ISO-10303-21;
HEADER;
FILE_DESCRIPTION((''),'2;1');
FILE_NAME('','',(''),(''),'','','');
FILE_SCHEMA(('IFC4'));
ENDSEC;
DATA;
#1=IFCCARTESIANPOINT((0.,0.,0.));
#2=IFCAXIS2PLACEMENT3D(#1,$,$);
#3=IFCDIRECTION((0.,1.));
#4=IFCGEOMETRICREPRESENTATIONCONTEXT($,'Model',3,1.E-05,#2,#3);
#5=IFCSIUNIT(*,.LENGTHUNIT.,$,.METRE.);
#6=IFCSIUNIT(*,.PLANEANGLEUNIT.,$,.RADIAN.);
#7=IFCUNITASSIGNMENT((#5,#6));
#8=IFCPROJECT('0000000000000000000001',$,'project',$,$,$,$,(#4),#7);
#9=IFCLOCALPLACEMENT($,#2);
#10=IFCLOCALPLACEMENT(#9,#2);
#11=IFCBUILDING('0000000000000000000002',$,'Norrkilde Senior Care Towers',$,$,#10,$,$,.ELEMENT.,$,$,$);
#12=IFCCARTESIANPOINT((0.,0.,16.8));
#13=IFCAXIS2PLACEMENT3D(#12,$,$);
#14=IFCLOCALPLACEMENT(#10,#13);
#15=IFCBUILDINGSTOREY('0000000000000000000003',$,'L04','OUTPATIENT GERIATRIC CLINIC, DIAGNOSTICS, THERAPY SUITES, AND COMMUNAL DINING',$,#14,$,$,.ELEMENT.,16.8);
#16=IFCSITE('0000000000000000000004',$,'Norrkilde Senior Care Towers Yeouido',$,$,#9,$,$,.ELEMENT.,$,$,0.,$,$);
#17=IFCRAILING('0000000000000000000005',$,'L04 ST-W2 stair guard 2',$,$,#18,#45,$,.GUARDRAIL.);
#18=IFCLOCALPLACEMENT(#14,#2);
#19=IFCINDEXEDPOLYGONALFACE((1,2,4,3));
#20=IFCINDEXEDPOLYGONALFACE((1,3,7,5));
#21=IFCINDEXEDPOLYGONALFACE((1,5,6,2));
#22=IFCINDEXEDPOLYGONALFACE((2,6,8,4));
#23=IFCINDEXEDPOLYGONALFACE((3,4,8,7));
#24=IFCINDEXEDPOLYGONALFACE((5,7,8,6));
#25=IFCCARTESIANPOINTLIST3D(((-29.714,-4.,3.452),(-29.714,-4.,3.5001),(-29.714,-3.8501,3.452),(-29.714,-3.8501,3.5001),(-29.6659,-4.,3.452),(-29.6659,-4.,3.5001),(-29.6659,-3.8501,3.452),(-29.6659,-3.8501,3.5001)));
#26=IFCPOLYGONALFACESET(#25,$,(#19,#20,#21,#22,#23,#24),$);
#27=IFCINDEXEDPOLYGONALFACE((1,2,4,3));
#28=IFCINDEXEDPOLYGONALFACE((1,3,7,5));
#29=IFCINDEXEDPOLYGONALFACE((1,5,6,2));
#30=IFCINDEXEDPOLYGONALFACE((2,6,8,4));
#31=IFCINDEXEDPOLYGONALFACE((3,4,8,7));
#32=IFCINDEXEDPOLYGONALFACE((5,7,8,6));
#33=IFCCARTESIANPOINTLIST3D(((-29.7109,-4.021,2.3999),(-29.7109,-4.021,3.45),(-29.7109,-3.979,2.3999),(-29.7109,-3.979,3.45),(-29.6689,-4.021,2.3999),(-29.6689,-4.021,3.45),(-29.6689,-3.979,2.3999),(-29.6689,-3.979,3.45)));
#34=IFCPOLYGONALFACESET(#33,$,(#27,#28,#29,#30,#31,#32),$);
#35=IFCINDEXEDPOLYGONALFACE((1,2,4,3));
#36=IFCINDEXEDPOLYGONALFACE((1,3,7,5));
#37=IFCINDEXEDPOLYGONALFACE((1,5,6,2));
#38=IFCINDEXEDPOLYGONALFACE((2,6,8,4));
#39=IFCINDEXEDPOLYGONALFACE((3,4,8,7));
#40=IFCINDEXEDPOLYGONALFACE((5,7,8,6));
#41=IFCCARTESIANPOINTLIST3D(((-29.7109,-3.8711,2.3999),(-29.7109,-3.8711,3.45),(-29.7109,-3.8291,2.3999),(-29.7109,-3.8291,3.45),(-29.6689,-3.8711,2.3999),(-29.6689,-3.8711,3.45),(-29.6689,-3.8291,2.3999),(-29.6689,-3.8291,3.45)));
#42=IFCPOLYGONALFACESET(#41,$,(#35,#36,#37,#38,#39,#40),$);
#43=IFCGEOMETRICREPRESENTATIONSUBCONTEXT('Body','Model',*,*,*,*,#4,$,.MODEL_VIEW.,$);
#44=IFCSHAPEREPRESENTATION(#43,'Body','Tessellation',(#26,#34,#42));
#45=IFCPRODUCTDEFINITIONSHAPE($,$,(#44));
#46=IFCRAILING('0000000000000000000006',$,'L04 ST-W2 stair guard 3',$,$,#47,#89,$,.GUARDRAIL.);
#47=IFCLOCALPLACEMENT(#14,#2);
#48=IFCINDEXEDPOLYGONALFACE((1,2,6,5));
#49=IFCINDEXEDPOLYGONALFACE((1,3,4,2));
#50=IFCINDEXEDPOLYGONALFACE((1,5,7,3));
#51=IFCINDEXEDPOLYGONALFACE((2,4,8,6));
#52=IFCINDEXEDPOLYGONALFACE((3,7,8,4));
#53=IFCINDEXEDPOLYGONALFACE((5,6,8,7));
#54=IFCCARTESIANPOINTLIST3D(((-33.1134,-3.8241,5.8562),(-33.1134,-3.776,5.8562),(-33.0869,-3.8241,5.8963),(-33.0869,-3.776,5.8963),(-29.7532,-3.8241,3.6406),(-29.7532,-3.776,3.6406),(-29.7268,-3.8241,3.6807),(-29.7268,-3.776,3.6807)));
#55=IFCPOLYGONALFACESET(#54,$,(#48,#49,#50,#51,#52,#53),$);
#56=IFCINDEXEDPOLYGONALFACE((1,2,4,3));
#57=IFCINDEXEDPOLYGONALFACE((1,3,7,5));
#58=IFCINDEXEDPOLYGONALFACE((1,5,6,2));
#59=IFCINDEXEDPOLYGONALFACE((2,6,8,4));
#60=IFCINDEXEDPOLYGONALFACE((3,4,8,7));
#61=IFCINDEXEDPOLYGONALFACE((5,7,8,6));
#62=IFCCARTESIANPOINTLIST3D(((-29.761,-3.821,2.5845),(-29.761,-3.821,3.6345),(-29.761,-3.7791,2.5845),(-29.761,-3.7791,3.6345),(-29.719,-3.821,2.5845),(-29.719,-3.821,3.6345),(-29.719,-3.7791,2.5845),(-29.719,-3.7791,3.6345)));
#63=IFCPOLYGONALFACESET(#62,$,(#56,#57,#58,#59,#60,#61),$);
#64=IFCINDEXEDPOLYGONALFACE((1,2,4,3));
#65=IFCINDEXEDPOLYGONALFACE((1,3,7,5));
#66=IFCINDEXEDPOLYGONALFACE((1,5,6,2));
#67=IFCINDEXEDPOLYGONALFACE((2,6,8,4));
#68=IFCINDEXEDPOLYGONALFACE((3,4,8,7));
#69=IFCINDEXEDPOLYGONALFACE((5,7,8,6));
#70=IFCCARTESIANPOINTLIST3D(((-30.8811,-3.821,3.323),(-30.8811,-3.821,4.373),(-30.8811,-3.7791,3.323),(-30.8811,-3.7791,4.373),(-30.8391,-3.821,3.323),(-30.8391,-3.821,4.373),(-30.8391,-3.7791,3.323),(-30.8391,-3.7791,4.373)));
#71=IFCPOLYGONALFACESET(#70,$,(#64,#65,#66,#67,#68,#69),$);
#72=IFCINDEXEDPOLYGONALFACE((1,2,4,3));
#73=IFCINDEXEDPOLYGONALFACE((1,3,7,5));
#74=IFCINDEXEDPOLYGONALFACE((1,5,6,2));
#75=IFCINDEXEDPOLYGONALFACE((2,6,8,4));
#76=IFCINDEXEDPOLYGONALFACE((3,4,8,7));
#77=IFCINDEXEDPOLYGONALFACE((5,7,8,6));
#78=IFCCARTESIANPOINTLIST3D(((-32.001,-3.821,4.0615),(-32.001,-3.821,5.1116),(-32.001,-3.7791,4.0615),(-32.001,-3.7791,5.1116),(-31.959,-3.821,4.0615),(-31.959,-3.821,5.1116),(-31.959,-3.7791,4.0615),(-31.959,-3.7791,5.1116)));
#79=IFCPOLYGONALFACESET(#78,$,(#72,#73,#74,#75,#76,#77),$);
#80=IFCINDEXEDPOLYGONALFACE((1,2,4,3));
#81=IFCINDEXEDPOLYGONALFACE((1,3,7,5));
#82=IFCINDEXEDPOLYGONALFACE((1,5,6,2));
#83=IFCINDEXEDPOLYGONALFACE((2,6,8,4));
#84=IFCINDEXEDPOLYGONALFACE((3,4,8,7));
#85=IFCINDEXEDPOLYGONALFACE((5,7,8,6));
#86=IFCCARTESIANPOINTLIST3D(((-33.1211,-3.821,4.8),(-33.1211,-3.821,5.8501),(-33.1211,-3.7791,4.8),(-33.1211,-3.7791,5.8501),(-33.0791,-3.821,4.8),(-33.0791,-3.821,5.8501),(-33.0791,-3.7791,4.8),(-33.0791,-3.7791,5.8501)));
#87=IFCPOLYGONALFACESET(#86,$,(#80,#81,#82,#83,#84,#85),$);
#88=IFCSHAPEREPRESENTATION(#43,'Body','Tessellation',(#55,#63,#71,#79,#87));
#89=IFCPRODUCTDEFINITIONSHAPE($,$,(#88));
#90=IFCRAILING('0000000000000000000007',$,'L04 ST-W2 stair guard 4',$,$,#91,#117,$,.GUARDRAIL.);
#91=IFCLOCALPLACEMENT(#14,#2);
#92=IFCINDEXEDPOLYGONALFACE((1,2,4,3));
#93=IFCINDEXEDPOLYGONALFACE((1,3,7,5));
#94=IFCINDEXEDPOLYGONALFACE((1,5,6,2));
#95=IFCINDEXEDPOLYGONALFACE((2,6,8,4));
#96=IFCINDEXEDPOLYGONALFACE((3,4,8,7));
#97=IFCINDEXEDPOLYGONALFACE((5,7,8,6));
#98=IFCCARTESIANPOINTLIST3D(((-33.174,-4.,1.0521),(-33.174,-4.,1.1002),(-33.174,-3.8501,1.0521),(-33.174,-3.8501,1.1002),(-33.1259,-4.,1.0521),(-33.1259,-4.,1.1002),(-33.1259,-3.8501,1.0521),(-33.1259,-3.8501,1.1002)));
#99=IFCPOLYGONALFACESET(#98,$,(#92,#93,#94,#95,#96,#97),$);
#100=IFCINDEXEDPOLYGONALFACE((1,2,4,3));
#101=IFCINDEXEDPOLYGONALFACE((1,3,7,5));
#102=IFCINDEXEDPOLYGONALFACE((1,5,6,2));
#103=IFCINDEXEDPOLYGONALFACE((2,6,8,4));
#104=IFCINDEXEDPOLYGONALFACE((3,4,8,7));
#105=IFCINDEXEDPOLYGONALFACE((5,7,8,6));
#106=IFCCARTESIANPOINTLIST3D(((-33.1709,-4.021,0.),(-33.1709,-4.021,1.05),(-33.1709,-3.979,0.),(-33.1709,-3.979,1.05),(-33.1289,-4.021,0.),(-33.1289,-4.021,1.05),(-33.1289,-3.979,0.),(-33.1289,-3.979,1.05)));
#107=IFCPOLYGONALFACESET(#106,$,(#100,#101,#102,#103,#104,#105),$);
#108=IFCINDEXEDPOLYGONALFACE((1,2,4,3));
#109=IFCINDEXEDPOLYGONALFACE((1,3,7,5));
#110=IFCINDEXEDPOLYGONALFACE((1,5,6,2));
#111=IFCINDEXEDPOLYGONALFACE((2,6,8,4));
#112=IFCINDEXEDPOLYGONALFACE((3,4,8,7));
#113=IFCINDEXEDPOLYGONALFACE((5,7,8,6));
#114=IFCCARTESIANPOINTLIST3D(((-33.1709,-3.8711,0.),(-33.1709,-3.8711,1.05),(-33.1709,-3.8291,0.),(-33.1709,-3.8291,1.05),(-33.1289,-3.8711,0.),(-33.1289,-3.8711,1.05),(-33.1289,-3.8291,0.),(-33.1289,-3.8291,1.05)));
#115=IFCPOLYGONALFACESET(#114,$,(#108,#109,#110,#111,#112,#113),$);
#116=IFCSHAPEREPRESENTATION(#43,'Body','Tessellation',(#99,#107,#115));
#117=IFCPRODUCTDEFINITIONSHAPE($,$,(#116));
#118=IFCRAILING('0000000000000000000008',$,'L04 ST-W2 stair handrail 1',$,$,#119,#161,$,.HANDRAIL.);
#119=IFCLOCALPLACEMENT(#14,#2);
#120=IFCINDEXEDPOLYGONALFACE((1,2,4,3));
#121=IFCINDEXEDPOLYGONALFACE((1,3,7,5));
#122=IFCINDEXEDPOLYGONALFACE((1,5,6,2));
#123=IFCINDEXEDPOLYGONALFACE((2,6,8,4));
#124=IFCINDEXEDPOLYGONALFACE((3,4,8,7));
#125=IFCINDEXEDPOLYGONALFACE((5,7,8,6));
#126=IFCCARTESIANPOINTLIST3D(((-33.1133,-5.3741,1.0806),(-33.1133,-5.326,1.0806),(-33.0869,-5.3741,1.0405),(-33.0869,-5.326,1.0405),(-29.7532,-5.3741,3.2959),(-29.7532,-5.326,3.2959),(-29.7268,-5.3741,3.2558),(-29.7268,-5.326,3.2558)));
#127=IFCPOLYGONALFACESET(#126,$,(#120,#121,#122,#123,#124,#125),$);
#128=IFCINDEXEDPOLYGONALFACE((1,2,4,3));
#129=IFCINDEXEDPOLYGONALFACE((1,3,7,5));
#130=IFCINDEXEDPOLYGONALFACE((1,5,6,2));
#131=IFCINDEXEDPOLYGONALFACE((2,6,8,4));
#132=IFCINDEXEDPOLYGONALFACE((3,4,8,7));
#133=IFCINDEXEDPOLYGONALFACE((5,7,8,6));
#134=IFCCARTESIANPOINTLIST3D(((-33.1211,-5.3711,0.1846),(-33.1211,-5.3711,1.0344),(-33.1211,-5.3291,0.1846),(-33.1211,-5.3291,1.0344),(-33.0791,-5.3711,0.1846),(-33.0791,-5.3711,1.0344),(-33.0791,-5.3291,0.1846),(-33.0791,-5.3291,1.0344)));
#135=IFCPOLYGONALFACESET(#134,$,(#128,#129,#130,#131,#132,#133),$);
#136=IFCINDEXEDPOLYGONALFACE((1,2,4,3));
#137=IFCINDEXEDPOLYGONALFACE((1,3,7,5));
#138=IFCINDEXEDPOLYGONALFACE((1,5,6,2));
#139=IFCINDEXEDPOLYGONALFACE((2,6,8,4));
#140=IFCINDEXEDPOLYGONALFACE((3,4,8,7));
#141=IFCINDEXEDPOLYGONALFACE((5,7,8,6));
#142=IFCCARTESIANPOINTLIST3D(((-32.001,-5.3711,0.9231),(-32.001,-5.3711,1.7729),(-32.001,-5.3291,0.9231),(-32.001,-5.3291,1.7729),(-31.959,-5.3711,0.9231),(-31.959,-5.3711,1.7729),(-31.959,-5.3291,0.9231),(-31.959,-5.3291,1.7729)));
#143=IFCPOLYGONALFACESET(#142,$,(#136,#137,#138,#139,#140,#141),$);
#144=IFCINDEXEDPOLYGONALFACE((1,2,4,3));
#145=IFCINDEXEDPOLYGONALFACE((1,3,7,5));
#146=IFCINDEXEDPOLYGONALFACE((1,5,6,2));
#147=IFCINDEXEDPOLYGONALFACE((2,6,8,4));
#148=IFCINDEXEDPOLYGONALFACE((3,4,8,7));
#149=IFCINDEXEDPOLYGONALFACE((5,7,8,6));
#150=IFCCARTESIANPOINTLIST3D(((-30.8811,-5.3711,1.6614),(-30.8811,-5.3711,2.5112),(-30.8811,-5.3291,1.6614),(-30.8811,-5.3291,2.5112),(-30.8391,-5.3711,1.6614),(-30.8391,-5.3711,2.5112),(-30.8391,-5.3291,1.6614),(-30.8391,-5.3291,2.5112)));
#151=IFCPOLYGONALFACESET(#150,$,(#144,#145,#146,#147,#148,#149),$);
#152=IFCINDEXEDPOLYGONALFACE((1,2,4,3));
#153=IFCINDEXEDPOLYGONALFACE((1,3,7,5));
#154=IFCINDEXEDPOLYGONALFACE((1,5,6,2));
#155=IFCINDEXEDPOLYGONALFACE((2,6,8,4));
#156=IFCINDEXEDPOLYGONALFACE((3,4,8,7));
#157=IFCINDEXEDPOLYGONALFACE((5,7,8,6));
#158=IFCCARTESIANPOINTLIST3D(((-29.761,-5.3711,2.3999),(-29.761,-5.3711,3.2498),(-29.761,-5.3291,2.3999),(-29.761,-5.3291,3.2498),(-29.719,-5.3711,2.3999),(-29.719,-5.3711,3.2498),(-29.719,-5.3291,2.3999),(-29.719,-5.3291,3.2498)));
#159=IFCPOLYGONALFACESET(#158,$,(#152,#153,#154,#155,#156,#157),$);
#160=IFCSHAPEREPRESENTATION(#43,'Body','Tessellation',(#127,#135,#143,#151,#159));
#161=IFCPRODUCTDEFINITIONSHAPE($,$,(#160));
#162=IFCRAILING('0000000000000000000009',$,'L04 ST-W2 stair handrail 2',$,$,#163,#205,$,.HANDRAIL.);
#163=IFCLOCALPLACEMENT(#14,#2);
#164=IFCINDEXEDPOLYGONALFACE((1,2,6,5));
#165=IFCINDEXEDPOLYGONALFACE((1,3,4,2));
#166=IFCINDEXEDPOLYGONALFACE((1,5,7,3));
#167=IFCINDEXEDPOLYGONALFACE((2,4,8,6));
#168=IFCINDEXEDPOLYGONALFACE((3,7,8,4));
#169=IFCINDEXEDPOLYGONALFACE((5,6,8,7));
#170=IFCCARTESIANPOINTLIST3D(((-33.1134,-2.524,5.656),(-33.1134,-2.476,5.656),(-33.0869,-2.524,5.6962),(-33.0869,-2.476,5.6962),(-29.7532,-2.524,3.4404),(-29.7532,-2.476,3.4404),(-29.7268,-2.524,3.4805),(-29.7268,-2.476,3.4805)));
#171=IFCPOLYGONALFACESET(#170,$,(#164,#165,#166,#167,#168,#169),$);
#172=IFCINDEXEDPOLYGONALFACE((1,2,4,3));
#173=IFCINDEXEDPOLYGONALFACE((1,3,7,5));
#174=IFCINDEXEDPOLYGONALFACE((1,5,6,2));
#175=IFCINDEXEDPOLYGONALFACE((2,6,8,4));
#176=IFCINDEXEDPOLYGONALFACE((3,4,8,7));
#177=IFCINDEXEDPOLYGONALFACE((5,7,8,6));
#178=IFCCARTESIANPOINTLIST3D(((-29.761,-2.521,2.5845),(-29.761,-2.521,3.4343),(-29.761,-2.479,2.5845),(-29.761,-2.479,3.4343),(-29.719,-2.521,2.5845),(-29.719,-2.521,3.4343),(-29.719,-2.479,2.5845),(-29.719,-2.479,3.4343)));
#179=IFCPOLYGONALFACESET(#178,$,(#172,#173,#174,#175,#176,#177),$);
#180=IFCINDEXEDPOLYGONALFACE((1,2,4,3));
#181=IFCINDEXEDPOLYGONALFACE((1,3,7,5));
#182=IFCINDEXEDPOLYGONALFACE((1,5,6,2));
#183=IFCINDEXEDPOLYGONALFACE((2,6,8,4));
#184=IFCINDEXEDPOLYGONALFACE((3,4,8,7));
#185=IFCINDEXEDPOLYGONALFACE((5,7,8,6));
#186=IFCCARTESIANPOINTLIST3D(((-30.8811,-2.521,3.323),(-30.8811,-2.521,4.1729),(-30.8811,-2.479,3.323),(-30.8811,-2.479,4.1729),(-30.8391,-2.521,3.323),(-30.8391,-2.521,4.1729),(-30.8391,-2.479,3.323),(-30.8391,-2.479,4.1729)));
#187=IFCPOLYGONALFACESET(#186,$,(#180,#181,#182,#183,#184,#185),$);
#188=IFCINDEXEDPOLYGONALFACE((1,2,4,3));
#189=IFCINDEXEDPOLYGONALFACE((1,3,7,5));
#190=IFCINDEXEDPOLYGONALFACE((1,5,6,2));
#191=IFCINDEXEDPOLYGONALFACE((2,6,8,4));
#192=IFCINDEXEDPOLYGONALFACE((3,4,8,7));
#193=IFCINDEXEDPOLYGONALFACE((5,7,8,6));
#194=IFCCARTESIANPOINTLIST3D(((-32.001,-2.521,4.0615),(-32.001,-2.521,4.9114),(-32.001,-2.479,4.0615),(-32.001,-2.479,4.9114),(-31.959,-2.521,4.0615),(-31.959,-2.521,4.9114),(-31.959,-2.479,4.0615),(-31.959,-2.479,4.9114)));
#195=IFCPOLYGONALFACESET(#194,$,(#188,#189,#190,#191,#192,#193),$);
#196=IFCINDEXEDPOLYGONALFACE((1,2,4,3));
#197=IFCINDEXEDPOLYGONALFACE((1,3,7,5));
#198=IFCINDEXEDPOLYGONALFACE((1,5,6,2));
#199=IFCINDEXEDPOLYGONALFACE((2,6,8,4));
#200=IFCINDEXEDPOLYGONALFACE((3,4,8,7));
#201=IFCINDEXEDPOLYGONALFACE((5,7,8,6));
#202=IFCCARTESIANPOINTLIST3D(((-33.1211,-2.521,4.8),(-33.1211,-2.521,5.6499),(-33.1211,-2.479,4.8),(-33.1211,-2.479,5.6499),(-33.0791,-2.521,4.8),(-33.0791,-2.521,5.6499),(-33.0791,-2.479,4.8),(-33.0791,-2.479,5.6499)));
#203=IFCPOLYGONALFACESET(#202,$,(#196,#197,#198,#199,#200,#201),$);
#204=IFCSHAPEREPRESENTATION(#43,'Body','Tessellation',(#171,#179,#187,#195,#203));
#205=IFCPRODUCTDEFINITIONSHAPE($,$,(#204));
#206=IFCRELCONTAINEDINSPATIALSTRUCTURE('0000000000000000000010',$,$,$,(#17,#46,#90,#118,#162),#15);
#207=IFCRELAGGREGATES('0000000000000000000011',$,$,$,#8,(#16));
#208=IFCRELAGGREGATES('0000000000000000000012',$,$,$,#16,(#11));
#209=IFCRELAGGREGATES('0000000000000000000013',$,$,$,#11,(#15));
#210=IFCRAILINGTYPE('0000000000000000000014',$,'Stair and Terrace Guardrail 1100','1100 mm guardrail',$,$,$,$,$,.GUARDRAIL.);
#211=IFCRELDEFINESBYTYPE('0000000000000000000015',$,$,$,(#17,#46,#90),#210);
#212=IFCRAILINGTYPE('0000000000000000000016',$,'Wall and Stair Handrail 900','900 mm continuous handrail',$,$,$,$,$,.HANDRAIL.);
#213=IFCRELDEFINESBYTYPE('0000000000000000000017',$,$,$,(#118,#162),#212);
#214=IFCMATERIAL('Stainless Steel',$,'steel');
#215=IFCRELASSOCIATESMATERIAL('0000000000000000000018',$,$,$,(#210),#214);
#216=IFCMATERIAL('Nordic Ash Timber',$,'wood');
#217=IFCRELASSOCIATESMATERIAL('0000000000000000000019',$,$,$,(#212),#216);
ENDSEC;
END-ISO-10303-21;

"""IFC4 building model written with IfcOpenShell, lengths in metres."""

from ifc_helpers import new_model, si_unit, direction, frame, origin, origin_2d, place, context, subcontext, project, spatial, rectangle, extrude, material, type_object, element, save


model = new_model("IFC4")

# Units and contexts
model_context = context("Model", 3, precision=1e-05, world=origin(), true_north=direction((0.0, 1.0)))
body_context = subcontext(model_context, "Body", "Model", "MODEL_VIEW")
ifc_project = project(units=[si_unit("LENGTHUNIT", "METRE"), si_unit("PLANEANGLEUNIT", "RADIAN")], contexts=[model_context])

# Site, building, storey
site_placement = place(None, origin())
site = spatial("IfcSite", under=ifc_project, at=site_placement, Name="Norrkilde Senior Care Towers Yeouido", CompositionType="ELEMENT", RefElevation=0.0)
building_placement = place(site_placement, origin())
building = spatial("IfcBuilding", under=site, at=building_placement, Name="Norrkilde Senior Care Towers", CompositionType="ELEMENT")
storey_placement = place(building_placement, frame((0.0, 0.0, 16.8)))
storey = spatial("IfcBuildingStorey", under=building, at=storey_placement, Name="L04", Description="OUTPATIENT GERIATRIC CLINIC, DIAGNOSTICS, THERAPY SUITES, AND COMMUNAL DINING", CompositionType="ELEMENT", Elevation=16.8)

# Railings
ifc_material_1 = material(Name="Stainless Steel", Category="steel")
railing_type_1 = type_object("IfcRailingType", Name="Stair and Terrace Guardrail 1100", Description="1100 mm guardrail", PredefinedType="GUARDRAIL", material=ifc_material_1)
railing_1_placement = place(storey_placement, frame((-29.6899, -4.0, 2.3999)))
element("IfcRailing", 1, at=railing_1_placement, inside=storey, type_object=railing_type_1, Name="L04 ST-W2 stair guard 2", PredefinedType="GUARDRAIL", context=body_context, shape_type="SweptSolid", body=[
    extrude(rectangle(XDim=0.0481, YDim=0.0481, at=origin_2d()), frame((0.0, 0.0, 1.0762), z_axis=(0.0, 1.0, 0.0), x_axis=(-1.0, 0.0, 0.0)), (0.0, 0.0, 1.0), 0.1499),
    extrude(rectangle(XDim=0.042, YDim=0.042, at=origin_2d()), origin(), (0.0, 0.0, 1.0), 1.05),
    extrude(rectangle(XDim=0.042, YDim=0.042, at=origin_2d()), frame((0.0, 0.1499, 0.0)), (0.0, 0.0, 1.0), 1.05),
])
railing_2_placement = place(storey_placement, frame((-29.74, -3.8, 2.5845)))
element("IfcRailing", 2, at=railing_2_placement, inside=storey, type_object=railing_type_1, Name="L04 ST-W2 stair guard 3", PredefinedType="GUARDRAIL", context=body_context, shape_type="SweptSolid", body=[
    extrude(rectangle(XDim=0.0481, YDim=0.0481, at=origin_2d()), frame((0.0, 0.0, 1.0762), z_axis=(-0.834849, 0.0, 0.55048), x_axis=(0.0, -1.0, 0.0)), (0.0, 0.0, 1.0), 4.0249),
    extrude(rectangle(XDim=0.042, YDim=0.042, at=origin_2d()), origin(), (0.0, 0.0, 1.0), 1.05),
    extrude(rectangle(XDim=0.042, YDim=0.042, at=origin_2d()), frame((-1.1201, 0.0, 0.7385)), (0.0, 0.0, 1.0), 1.05),
    extrude(rectangle(XDim=0.042, YDim=0.042, at=origin_2d()), frame((-2.24, 0.0, 1.4771)), (0.0, 0.0, 1.0), 1.05),
    extrude(rectangle(XDim=0.042, YDim=0.042, at=origin_2d()), frame((-3.3601, 0.0, 2.2156)), (0.0, 0.0, 1.0), 1.05),
])
railing_3_placement = place(storey_placement, frame((-33.1499, -4.0, 0.0)))
element("IfcRailing", 3, at=railing_3_placement, inside=storey, type_object=railing_type_1, Name="L04 ST-W2 stair guard 4", PredefinedType="GUARDRAIL", context=body_context, shape_type="SweptSolid", body=[
    extrude(rectangle(XDim=0.0481, YDim=0.0481, at=origin_2d()), frame((0.0, 0.0, 1.0762), z_axis=(0.0, 1.0, 0.0), x_axis=(-1.0, 0.0, 0.0)), (0.0, 0.0, 1.0), 0.1499),
    extrude(rectangle(XDim=0.042, YDim=0.042, at=origin_2d()), origin(), (0.0, 0.0, 1.0), 1.05),
    extrude(rectangle(XDim=0.042, YDim=0.042, at=origin_2d()), frame((0.0, 0.1499, 0.0)), (0.0, 0.0, 1.0), 1.05),
])
ifc_material_2 = material(Name="Nordic Ash Timber", Category="wood")
railing_type_2 = type_object("IfcRailingType", Name="Wall and Stair Handrail 900", Description="900 mm continuous handrail", PredefinedType="HANDRAIL", material=ifc_material_2)
railing_4_placement = place(storey_placement, frame((-33.1001, -5.3501, 0.1846)))
element("IfcRailing", 4, at=railing_4_placement, inside=storey, type_object=railing_type_2, Name="L04 ST-W2 stair handrail 1", PredefinedType="HANDRAIL", context=body_context, shape_type="SweptSolid", body=[
    extrude(rectangle(XDim=0.0481, YDim=0.0481, at=origin_2d()), frame((0.0, 0.0, 0.876), z_axis=(0.834876, 0.0, 0.550437), x_axis=(0.0, 1.0, 0.0)), (0.0, 0.0, 1.0), 4.0247),
    extrude(rectangle(XDim=0.042, YDim=0.042, at=origin_2d()), origin(), (0.0, 0.0, 1.0), 0.8499),
    extrude(rectangle(XDim=0.042, YDim=0.042, at=origin_2d()), frame((1.1201, 0.0, 0.7385)), (0.0, 0.0, 1.0), 0.8499),
    extrude(rectangle(XDim=0.042, YDim=0.042, at=origin_2d()), frame((2.24, 0.0, 1.4768)), (0.0, 0.0, 1.0), 0.8499),
    extrude(rectangle(XDim=0.042, YDim=0.042, at=origin_2d()), frame((3.3601, 0.0, 2.2153)), (0.0, 0.0, 1.0), 0.8499),
])
railing_5_placement = place(storey_placement, frame((-29.74, -2.5, 2.5845)))
element("IfcRailing", 5, at=railing_5_placement, inside=storey, type_object=railing_type_2, Name="L04 ST-W2 stair handrail 2", PredefinedType="HANDRAIL", context=body_context, shape_type="SweptSolid", body=[
    extrude(rectangle(XDim=0.0481, YDim=0.0481, at=origin_2d()), frame((0.0, 0.0, 0.876), z_axis=(-0.834849, 0.0, 0.55048), x_axis=(0.0, -1.0, 0.0)), (0.0, 0.0, 1.0), 4.0249),
    extrude(rectangle(XDim=0.042, YDim=0.042, at=origin_2d()), origin(), (0.0, 0.0, 1.0), 0.8499),
    extrude(rectangle(XDim=0.042, YDim=0.042, at=origin_2d()), frame((-1.1201, 0.0, 0.7385)), (0.0, 0.0, 1.0), 0.8499),
    extrude(rectangle(XDim=0.042, YDim=0.042, at=origin_2d()), frame((-2.24, 0.0, 1.4771)), (0.0, 0.0, 1.0), 0.8499),
    extrude(rectangle(XDim=0.042, YDim=0.042, at=origin_2d()), frame((-3.3601, 0.0, 2.2156)), (0.0, 0.0, 1.0), 0.8499),
])

save(model, "model.ifc")
